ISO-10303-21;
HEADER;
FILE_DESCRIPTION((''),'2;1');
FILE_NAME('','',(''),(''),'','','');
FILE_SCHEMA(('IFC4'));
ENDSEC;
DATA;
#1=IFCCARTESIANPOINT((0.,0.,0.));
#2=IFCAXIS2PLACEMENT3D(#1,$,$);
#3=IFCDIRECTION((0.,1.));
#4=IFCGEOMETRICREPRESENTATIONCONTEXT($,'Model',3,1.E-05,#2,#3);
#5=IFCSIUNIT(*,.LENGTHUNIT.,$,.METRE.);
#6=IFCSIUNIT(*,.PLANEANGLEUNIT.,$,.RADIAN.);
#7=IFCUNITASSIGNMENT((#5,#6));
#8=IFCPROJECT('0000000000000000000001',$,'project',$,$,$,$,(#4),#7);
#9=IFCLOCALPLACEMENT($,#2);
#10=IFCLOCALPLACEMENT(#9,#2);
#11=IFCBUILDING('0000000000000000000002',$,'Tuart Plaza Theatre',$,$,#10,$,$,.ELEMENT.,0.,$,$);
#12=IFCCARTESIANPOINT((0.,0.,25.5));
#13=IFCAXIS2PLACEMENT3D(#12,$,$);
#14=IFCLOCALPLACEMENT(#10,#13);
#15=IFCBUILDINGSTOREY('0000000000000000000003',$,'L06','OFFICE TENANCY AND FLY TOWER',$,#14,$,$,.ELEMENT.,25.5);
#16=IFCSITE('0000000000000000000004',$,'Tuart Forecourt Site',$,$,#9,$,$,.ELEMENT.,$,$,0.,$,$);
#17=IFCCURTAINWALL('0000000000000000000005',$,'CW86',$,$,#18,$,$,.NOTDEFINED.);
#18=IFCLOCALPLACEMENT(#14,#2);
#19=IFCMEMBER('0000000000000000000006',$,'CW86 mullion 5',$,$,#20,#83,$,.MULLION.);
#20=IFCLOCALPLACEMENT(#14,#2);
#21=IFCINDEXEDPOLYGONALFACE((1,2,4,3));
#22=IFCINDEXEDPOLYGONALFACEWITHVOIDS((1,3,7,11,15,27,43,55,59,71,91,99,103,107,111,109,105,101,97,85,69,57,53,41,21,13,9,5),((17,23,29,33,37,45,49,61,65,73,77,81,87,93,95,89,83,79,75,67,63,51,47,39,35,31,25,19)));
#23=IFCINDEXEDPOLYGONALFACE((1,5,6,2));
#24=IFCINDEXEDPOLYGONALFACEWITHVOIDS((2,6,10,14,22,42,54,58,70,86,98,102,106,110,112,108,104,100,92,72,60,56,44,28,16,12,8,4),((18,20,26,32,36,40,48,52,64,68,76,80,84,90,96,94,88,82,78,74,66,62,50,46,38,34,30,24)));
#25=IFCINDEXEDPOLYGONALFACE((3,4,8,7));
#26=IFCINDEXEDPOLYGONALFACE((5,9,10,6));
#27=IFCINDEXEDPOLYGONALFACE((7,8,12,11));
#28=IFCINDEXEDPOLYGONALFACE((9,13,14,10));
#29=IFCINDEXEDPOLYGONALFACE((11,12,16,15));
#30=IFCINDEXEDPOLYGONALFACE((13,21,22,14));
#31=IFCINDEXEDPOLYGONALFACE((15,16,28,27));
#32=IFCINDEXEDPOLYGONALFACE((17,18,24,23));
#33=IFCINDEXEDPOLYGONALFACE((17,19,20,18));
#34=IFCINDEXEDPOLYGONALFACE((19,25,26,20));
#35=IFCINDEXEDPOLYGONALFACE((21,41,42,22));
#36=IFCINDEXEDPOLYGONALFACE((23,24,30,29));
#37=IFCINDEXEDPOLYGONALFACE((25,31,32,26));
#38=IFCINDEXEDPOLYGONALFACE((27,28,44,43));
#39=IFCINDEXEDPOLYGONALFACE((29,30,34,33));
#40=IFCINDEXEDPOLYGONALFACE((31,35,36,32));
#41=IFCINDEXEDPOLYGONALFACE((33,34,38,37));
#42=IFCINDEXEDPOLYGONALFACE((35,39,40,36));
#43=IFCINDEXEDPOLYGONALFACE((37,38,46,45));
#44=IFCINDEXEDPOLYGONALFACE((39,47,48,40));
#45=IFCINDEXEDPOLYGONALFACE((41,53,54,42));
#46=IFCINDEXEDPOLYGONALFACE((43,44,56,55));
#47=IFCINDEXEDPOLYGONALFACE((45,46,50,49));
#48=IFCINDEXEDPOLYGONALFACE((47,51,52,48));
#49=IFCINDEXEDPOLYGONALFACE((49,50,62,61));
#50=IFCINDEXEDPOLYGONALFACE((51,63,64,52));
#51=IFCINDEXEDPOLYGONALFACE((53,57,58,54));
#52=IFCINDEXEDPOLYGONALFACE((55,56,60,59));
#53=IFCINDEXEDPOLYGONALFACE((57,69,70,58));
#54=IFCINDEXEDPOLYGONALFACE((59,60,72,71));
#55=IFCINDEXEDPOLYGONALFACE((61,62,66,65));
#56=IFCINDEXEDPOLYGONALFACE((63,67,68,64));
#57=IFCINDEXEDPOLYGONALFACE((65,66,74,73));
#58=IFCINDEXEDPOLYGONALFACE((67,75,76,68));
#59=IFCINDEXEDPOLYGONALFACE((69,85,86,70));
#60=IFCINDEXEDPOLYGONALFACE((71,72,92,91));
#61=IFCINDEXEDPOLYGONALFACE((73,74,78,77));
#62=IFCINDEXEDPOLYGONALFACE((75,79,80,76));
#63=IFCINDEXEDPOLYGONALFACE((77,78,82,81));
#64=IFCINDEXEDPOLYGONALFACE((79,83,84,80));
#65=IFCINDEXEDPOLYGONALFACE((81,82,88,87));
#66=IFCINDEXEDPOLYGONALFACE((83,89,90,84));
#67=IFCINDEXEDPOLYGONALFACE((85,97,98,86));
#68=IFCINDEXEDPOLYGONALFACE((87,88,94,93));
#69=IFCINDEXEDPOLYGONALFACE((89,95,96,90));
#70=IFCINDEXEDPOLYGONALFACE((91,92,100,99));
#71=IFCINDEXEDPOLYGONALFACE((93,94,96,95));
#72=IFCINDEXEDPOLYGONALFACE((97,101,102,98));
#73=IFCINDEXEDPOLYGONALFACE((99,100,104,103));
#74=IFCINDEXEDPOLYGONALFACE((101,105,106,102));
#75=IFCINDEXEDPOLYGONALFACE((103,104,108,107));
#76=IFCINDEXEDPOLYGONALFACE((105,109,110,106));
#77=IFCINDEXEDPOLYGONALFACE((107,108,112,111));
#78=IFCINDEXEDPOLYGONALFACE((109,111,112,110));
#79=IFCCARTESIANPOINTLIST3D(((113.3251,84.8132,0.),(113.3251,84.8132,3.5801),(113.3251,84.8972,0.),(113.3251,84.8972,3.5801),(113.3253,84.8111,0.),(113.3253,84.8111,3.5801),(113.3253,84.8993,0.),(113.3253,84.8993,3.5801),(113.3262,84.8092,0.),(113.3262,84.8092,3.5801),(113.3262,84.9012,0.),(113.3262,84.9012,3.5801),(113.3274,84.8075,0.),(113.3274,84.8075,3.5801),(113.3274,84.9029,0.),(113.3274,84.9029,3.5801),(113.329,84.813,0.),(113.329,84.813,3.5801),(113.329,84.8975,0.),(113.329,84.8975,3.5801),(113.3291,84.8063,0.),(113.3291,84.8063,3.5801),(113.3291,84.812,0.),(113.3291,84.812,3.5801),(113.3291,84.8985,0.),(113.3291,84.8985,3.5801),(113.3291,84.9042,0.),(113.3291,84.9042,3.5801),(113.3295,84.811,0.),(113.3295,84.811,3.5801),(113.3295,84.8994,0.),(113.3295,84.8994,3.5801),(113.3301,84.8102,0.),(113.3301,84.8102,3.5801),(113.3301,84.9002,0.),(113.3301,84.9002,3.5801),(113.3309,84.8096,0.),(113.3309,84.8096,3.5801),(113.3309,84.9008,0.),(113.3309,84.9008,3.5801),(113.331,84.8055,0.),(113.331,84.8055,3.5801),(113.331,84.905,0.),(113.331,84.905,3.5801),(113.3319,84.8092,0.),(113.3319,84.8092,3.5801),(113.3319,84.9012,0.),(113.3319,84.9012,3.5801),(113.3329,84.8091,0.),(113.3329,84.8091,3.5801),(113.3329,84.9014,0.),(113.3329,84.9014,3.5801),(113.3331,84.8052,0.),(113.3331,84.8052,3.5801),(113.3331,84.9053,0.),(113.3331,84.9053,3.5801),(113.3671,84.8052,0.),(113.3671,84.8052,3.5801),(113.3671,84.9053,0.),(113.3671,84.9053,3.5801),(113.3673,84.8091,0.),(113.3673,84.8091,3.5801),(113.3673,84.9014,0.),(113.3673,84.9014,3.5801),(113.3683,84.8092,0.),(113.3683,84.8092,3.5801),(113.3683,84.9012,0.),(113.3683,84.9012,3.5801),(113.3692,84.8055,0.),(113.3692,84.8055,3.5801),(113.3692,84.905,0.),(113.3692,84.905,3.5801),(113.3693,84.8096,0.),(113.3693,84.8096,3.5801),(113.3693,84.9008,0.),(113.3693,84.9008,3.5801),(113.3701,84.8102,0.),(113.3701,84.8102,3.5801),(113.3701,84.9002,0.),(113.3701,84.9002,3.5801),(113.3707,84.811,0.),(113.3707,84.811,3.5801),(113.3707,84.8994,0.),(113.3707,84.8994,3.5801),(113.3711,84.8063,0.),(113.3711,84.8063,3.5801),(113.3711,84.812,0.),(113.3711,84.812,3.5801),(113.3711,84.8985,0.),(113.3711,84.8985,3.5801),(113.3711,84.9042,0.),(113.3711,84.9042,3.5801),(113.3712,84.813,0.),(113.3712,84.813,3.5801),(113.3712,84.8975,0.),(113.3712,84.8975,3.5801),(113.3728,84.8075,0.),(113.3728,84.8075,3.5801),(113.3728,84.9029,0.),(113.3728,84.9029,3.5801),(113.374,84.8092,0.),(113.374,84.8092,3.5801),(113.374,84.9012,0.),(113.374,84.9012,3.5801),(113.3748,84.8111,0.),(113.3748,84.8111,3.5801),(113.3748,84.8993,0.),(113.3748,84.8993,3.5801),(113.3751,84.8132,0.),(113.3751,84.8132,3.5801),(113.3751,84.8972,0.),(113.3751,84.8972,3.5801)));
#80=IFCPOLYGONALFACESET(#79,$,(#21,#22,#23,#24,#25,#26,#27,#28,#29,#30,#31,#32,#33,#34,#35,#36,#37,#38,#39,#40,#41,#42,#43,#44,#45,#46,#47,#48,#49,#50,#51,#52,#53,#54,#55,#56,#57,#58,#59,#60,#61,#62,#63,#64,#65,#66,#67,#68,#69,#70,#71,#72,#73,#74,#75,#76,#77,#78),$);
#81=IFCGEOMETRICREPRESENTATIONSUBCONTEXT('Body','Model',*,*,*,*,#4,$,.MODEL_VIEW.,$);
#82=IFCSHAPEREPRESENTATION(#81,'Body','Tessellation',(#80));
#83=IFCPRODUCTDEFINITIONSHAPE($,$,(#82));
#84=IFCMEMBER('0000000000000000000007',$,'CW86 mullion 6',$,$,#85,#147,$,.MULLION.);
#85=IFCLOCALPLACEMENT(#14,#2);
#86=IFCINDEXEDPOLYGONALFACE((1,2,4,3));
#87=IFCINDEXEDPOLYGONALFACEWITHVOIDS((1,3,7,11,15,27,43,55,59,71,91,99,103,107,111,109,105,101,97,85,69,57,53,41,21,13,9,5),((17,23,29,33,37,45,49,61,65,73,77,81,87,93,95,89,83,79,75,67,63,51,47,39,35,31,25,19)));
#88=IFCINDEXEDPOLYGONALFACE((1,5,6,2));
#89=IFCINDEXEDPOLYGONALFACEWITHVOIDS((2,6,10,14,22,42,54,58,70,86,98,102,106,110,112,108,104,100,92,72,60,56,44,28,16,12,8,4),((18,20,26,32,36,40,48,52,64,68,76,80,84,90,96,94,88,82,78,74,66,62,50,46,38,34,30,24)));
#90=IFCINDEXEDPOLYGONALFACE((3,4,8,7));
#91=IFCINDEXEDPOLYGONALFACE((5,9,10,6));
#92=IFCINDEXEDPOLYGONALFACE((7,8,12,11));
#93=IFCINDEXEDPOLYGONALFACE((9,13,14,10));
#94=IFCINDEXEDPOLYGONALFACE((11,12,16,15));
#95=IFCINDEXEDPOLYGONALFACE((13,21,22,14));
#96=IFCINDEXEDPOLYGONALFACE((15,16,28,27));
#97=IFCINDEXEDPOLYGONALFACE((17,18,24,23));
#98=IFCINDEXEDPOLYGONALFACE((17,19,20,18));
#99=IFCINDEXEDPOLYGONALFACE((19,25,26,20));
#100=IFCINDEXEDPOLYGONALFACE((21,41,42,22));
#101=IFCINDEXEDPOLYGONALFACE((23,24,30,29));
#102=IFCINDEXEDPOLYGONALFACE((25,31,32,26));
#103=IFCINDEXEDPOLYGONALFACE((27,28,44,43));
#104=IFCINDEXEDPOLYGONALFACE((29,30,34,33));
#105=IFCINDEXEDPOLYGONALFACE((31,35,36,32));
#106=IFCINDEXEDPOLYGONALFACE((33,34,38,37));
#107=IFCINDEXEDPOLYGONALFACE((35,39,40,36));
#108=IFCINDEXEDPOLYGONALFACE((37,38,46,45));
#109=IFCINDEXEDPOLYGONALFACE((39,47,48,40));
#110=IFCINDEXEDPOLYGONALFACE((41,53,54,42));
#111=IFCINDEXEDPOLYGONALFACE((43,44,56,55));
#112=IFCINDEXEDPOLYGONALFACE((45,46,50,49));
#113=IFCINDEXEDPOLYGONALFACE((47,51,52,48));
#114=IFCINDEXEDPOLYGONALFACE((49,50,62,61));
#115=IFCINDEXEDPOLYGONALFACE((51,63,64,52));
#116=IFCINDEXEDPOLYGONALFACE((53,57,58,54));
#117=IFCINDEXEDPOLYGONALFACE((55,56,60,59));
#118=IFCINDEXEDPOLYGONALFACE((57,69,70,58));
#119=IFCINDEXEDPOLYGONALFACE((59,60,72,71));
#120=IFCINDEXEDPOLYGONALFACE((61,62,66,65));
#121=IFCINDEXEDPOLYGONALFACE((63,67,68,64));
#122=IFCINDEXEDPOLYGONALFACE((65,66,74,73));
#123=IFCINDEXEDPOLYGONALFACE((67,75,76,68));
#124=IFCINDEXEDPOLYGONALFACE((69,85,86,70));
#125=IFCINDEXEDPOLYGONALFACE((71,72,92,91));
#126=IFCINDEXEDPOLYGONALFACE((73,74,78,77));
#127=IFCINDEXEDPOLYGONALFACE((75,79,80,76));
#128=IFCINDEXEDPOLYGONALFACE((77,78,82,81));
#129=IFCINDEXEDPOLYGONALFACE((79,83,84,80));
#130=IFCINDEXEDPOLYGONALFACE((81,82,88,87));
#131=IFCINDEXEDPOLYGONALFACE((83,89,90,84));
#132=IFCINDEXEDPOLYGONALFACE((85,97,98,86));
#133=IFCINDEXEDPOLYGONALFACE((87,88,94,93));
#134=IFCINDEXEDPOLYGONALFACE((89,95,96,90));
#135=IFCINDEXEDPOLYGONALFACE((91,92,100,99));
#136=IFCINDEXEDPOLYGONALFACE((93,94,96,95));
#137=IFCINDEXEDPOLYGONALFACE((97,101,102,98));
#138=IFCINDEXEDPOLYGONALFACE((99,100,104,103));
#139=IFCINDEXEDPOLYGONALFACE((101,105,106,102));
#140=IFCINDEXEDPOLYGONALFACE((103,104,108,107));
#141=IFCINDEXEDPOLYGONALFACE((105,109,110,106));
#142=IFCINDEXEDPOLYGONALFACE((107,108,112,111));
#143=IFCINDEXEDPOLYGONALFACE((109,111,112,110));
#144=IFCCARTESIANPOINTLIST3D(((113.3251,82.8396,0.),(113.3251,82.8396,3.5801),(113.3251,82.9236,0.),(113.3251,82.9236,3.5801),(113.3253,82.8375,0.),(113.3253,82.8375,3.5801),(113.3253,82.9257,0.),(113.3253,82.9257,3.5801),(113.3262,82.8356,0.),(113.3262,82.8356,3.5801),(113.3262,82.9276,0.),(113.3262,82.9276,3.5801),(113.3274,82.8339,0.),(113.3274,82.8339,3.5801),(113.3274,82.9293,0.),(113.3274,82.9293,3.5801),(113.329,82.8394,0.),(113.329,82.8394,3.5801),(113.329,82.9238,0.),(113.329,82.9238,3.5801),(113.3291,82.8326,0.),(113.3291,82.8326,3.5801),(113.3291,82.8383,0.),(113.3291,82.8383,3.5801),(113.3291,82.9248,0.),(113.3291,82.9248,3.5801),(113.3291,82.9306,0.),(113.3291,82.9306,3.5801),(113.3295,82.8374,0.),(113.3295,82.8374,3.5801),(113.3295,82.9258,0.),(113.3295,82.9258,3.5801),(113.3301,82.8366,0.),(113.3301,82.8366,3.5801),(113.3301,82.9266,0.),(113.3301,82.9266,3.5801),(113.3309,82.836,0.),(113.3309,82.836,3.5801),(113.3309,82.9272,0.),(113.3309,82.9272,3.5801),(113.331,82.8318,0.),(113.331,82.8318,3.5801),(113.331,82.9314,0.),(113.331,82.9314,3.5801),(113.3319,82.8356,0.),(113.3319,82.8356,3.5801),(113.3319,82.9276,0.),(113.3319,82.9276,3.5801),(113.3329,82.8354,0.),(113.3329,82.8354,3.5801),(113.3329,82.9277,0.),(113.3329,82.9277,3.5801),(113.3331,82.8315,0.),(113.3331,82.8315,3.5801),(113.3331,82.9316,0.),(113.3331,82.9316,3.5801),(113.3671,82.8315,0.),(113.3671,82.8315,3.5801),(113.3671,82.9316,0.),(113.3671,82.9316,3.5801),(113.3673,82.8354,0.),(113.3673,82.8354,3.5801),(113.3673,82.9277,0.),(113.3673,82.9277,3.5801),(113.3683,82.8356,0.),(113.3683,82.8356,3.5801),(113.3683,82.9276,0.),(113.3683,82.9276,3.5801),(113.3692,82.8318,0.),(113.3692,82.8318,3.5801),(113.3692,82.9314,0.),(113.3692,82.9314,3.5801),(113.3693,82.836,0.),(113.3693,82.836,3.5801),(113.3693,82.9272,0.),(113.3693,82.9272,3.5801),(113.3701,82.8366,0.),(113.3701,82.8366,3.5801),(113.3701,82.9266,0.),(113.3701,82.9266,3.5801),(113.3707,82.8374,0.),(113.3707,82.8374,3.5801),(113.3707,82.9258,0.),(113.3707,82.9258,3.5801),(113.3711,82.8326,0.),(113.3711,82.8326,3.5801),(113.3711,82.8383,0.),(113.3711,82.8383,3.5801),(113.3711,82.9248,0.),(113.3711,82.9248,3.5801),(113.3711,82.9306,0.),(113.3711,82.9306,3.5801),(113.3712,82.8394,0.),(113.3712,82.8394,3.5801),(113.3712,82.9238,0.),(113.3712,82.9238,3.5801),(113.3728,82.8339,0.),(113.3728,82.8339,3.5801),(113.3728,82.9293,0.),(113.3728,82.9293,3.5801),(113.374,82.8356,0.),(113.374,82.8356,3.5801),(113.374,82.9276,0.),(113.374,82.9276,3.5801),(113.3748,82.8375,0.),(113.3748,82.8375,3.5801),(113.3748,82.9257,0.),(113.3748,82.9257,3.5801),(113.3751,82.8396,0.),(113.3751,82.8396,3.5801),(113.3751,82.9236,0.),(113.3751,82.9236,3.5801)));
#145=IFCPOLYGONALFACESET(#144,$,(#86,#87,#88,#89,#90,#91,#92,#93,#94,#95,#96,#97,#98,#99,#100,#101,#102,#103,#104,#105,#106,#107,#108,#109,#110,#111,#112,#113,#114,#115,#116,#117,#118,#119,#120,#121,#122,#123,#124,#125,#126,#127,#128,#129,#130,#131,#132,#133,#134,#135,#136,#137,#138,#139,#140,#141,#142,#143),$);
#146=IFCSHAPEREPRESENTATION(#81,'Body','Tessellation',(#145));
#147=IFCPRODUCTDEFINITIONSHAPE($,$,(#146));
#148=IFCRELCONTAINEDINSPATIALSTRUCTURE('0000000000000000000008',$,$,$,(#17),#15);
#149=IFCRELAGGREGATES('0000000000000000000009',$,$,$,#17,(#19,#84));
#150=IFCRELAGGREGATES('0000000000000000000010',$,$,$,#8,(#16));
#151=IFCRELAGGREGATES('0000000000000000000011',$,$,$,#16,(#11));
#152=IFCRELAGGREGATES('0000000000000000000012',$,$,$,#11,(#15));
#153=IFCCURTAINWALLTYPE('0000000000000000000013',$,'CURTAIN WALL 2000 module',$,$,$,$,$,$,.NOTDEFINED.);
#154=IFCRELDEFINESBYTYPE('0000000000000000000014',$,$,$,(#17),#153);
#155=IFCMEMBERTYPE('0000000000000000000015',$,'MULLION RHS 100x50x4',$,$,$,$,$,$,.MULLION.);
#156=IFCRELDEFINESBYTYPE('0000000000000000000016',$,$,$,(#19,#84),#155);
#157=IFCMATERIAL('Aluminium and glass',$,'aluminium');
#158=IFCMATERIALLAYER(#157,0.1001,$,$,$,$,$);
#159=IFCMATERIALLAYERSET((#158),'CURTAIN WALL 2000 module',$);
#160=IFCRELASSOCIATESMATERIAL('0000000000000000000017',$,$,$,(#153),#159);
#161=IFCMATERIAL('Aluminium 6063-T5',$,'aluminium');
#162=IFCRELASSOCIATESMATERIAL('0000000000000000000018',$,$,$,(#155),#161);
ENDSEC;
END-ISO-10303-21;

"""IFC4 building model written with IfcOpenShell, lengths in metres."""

from ifc_helpers import new_model, si_unit, direction, frame, origin, origin_2d, place, context, subcontext, project, spatial, hollow_rectangle, extrude, material, layer, layer_set, material_profile, profile_set, type_object, element, aggregate, save


model = new_model("IFC4")

# Units and contexts
model_context = context("Model", 3, precision=1e-05, world=origin(), true_north=direction((0.0, 1.0)))
body_context = subcontext(model_context, "Body", "Model", "MODEL_VIEW")
ifc_project = project(units=[si_unit("LENGTHUNIT", "METRE"), si_unit("PLANEANGLEUNIT", "RADIAN")], contexts=[model_context])

# Site, building, storey
site_placement = place(None, origin())
site = spatial("IfcSite", under=ifc_project, at=site_placement, Name="Tuart Forecourt Site", CompositionType="ELEMENT", RefElevation=0.0)
building_placement = place(site_placement, origin())
building = spatial("IfcBuilding", under=site, at=building_placement, Name="Tuart Plaza Theatre", CompositionType="ELEMENT", ElevationOfRefHeight=0.0)
storey_placement = place(building_placement, frame((0.0, 0.0, 25.5)))
storey = spatial("IfcBuildingStorey", under=building, at=storey_placement, Name="L06", Description="OFFICE TENANCY AND FLY TOWER", CompositionType="ELEMENT", Elevation=25.5)

# Curtain wall, members
ifc_material_1 = material(Name="Aluminium and glass", Category="aluminium")
ifc_layer_1 = layer(ifc_material_1, 0.1001)
ifc_layer_set_1 = layer_set([ifc_layer_1], Name="CURTAIN WALL 2000 module")
curtain_wall_type = type_object("IfcCurtainWallType", Name="CURTAIN WALL 2000 module", PredefinedType="NOTDEFINED", material=ifc_layer_set_1)
curtain_wall_placement = place(storey_placement, origin())
curtain_wall = element("IfcCurtainWall", 1, at=curtain_wall_placement, inside=storey, type_object=curtain_wall_type, Name="CW86", PredefinedType="NOTDEFINED")
ifc_material_2 = material(Name="Aluminium 6063-T5", Category="aluminium")
ifc_material_profile_1 = material_profile(ifc_material_2, hollow_rectangle(XDim=0.05, YDim=0.1001, WallThickness=0.0039, InnerFilletRadius=0.0039, OuterFilletRadius=0.0081, at=origin_2d()), Name="RHS 100x50x4")
ifc_profile_set_1 = profile_set([ifc_material_profile_1], Name="Aluminium 6063-T5")
member_type_1 = type_object("IfcMemberType", Name="MULLION RHS 100x50x4", PredefinedType="MULLION", material=ifc_profile_set_1)
member_1_placement = place(storey_placement, frame((113.3501, 84.8552, 0.0), z_axis=(0.0, 0.0, 1.0), x_axis=(1.0, 0.0, 0.0)))
member_1 = element("IfcMember", 2, at=member_1_placement, type_object=member_type_1, Name="CW86 mullion 5", PredefinedType="MULLION", context=body_context, shape_type="SweptSolid", body=[
    extrude(hollow_rectangle(XDim=0.05, YDim=0.1001, WallThickness=0.0039, InnerFilletRadius=0.0039, OuterFilletRadius=0.0081, at=origin_2d()), origin(), (0.0, 0.0, 1.0), 3.5801),
])
member_2_placement = place(storey_placement, frame((113.3501, 82.8816, 0.0), z_axis=(0.0, 0.0, 1.0), x_axis=(1.0, 0.0, 0.0)))
member_2 = element("IfcMember", 3, at=member_2_placement, type_object=member_type_1, Name="CW86 mullion 6", PredefinedType="MULLION", context=body_context, shape_type="SweptSolid", body=[
    extrude(hollow_rectangle(XDim=0.05, YDim=0.1001, WallThickness=0.0039, InnerFilletRadius=0.0039, OuterFilletRadius=0.0081, at=origin_2d()), origin(), (0.0, 0.0, 1.0), 3.5801),
])
aggregate(curtain_wall, [member_1, member_2])

save(model, "model.ifc")
